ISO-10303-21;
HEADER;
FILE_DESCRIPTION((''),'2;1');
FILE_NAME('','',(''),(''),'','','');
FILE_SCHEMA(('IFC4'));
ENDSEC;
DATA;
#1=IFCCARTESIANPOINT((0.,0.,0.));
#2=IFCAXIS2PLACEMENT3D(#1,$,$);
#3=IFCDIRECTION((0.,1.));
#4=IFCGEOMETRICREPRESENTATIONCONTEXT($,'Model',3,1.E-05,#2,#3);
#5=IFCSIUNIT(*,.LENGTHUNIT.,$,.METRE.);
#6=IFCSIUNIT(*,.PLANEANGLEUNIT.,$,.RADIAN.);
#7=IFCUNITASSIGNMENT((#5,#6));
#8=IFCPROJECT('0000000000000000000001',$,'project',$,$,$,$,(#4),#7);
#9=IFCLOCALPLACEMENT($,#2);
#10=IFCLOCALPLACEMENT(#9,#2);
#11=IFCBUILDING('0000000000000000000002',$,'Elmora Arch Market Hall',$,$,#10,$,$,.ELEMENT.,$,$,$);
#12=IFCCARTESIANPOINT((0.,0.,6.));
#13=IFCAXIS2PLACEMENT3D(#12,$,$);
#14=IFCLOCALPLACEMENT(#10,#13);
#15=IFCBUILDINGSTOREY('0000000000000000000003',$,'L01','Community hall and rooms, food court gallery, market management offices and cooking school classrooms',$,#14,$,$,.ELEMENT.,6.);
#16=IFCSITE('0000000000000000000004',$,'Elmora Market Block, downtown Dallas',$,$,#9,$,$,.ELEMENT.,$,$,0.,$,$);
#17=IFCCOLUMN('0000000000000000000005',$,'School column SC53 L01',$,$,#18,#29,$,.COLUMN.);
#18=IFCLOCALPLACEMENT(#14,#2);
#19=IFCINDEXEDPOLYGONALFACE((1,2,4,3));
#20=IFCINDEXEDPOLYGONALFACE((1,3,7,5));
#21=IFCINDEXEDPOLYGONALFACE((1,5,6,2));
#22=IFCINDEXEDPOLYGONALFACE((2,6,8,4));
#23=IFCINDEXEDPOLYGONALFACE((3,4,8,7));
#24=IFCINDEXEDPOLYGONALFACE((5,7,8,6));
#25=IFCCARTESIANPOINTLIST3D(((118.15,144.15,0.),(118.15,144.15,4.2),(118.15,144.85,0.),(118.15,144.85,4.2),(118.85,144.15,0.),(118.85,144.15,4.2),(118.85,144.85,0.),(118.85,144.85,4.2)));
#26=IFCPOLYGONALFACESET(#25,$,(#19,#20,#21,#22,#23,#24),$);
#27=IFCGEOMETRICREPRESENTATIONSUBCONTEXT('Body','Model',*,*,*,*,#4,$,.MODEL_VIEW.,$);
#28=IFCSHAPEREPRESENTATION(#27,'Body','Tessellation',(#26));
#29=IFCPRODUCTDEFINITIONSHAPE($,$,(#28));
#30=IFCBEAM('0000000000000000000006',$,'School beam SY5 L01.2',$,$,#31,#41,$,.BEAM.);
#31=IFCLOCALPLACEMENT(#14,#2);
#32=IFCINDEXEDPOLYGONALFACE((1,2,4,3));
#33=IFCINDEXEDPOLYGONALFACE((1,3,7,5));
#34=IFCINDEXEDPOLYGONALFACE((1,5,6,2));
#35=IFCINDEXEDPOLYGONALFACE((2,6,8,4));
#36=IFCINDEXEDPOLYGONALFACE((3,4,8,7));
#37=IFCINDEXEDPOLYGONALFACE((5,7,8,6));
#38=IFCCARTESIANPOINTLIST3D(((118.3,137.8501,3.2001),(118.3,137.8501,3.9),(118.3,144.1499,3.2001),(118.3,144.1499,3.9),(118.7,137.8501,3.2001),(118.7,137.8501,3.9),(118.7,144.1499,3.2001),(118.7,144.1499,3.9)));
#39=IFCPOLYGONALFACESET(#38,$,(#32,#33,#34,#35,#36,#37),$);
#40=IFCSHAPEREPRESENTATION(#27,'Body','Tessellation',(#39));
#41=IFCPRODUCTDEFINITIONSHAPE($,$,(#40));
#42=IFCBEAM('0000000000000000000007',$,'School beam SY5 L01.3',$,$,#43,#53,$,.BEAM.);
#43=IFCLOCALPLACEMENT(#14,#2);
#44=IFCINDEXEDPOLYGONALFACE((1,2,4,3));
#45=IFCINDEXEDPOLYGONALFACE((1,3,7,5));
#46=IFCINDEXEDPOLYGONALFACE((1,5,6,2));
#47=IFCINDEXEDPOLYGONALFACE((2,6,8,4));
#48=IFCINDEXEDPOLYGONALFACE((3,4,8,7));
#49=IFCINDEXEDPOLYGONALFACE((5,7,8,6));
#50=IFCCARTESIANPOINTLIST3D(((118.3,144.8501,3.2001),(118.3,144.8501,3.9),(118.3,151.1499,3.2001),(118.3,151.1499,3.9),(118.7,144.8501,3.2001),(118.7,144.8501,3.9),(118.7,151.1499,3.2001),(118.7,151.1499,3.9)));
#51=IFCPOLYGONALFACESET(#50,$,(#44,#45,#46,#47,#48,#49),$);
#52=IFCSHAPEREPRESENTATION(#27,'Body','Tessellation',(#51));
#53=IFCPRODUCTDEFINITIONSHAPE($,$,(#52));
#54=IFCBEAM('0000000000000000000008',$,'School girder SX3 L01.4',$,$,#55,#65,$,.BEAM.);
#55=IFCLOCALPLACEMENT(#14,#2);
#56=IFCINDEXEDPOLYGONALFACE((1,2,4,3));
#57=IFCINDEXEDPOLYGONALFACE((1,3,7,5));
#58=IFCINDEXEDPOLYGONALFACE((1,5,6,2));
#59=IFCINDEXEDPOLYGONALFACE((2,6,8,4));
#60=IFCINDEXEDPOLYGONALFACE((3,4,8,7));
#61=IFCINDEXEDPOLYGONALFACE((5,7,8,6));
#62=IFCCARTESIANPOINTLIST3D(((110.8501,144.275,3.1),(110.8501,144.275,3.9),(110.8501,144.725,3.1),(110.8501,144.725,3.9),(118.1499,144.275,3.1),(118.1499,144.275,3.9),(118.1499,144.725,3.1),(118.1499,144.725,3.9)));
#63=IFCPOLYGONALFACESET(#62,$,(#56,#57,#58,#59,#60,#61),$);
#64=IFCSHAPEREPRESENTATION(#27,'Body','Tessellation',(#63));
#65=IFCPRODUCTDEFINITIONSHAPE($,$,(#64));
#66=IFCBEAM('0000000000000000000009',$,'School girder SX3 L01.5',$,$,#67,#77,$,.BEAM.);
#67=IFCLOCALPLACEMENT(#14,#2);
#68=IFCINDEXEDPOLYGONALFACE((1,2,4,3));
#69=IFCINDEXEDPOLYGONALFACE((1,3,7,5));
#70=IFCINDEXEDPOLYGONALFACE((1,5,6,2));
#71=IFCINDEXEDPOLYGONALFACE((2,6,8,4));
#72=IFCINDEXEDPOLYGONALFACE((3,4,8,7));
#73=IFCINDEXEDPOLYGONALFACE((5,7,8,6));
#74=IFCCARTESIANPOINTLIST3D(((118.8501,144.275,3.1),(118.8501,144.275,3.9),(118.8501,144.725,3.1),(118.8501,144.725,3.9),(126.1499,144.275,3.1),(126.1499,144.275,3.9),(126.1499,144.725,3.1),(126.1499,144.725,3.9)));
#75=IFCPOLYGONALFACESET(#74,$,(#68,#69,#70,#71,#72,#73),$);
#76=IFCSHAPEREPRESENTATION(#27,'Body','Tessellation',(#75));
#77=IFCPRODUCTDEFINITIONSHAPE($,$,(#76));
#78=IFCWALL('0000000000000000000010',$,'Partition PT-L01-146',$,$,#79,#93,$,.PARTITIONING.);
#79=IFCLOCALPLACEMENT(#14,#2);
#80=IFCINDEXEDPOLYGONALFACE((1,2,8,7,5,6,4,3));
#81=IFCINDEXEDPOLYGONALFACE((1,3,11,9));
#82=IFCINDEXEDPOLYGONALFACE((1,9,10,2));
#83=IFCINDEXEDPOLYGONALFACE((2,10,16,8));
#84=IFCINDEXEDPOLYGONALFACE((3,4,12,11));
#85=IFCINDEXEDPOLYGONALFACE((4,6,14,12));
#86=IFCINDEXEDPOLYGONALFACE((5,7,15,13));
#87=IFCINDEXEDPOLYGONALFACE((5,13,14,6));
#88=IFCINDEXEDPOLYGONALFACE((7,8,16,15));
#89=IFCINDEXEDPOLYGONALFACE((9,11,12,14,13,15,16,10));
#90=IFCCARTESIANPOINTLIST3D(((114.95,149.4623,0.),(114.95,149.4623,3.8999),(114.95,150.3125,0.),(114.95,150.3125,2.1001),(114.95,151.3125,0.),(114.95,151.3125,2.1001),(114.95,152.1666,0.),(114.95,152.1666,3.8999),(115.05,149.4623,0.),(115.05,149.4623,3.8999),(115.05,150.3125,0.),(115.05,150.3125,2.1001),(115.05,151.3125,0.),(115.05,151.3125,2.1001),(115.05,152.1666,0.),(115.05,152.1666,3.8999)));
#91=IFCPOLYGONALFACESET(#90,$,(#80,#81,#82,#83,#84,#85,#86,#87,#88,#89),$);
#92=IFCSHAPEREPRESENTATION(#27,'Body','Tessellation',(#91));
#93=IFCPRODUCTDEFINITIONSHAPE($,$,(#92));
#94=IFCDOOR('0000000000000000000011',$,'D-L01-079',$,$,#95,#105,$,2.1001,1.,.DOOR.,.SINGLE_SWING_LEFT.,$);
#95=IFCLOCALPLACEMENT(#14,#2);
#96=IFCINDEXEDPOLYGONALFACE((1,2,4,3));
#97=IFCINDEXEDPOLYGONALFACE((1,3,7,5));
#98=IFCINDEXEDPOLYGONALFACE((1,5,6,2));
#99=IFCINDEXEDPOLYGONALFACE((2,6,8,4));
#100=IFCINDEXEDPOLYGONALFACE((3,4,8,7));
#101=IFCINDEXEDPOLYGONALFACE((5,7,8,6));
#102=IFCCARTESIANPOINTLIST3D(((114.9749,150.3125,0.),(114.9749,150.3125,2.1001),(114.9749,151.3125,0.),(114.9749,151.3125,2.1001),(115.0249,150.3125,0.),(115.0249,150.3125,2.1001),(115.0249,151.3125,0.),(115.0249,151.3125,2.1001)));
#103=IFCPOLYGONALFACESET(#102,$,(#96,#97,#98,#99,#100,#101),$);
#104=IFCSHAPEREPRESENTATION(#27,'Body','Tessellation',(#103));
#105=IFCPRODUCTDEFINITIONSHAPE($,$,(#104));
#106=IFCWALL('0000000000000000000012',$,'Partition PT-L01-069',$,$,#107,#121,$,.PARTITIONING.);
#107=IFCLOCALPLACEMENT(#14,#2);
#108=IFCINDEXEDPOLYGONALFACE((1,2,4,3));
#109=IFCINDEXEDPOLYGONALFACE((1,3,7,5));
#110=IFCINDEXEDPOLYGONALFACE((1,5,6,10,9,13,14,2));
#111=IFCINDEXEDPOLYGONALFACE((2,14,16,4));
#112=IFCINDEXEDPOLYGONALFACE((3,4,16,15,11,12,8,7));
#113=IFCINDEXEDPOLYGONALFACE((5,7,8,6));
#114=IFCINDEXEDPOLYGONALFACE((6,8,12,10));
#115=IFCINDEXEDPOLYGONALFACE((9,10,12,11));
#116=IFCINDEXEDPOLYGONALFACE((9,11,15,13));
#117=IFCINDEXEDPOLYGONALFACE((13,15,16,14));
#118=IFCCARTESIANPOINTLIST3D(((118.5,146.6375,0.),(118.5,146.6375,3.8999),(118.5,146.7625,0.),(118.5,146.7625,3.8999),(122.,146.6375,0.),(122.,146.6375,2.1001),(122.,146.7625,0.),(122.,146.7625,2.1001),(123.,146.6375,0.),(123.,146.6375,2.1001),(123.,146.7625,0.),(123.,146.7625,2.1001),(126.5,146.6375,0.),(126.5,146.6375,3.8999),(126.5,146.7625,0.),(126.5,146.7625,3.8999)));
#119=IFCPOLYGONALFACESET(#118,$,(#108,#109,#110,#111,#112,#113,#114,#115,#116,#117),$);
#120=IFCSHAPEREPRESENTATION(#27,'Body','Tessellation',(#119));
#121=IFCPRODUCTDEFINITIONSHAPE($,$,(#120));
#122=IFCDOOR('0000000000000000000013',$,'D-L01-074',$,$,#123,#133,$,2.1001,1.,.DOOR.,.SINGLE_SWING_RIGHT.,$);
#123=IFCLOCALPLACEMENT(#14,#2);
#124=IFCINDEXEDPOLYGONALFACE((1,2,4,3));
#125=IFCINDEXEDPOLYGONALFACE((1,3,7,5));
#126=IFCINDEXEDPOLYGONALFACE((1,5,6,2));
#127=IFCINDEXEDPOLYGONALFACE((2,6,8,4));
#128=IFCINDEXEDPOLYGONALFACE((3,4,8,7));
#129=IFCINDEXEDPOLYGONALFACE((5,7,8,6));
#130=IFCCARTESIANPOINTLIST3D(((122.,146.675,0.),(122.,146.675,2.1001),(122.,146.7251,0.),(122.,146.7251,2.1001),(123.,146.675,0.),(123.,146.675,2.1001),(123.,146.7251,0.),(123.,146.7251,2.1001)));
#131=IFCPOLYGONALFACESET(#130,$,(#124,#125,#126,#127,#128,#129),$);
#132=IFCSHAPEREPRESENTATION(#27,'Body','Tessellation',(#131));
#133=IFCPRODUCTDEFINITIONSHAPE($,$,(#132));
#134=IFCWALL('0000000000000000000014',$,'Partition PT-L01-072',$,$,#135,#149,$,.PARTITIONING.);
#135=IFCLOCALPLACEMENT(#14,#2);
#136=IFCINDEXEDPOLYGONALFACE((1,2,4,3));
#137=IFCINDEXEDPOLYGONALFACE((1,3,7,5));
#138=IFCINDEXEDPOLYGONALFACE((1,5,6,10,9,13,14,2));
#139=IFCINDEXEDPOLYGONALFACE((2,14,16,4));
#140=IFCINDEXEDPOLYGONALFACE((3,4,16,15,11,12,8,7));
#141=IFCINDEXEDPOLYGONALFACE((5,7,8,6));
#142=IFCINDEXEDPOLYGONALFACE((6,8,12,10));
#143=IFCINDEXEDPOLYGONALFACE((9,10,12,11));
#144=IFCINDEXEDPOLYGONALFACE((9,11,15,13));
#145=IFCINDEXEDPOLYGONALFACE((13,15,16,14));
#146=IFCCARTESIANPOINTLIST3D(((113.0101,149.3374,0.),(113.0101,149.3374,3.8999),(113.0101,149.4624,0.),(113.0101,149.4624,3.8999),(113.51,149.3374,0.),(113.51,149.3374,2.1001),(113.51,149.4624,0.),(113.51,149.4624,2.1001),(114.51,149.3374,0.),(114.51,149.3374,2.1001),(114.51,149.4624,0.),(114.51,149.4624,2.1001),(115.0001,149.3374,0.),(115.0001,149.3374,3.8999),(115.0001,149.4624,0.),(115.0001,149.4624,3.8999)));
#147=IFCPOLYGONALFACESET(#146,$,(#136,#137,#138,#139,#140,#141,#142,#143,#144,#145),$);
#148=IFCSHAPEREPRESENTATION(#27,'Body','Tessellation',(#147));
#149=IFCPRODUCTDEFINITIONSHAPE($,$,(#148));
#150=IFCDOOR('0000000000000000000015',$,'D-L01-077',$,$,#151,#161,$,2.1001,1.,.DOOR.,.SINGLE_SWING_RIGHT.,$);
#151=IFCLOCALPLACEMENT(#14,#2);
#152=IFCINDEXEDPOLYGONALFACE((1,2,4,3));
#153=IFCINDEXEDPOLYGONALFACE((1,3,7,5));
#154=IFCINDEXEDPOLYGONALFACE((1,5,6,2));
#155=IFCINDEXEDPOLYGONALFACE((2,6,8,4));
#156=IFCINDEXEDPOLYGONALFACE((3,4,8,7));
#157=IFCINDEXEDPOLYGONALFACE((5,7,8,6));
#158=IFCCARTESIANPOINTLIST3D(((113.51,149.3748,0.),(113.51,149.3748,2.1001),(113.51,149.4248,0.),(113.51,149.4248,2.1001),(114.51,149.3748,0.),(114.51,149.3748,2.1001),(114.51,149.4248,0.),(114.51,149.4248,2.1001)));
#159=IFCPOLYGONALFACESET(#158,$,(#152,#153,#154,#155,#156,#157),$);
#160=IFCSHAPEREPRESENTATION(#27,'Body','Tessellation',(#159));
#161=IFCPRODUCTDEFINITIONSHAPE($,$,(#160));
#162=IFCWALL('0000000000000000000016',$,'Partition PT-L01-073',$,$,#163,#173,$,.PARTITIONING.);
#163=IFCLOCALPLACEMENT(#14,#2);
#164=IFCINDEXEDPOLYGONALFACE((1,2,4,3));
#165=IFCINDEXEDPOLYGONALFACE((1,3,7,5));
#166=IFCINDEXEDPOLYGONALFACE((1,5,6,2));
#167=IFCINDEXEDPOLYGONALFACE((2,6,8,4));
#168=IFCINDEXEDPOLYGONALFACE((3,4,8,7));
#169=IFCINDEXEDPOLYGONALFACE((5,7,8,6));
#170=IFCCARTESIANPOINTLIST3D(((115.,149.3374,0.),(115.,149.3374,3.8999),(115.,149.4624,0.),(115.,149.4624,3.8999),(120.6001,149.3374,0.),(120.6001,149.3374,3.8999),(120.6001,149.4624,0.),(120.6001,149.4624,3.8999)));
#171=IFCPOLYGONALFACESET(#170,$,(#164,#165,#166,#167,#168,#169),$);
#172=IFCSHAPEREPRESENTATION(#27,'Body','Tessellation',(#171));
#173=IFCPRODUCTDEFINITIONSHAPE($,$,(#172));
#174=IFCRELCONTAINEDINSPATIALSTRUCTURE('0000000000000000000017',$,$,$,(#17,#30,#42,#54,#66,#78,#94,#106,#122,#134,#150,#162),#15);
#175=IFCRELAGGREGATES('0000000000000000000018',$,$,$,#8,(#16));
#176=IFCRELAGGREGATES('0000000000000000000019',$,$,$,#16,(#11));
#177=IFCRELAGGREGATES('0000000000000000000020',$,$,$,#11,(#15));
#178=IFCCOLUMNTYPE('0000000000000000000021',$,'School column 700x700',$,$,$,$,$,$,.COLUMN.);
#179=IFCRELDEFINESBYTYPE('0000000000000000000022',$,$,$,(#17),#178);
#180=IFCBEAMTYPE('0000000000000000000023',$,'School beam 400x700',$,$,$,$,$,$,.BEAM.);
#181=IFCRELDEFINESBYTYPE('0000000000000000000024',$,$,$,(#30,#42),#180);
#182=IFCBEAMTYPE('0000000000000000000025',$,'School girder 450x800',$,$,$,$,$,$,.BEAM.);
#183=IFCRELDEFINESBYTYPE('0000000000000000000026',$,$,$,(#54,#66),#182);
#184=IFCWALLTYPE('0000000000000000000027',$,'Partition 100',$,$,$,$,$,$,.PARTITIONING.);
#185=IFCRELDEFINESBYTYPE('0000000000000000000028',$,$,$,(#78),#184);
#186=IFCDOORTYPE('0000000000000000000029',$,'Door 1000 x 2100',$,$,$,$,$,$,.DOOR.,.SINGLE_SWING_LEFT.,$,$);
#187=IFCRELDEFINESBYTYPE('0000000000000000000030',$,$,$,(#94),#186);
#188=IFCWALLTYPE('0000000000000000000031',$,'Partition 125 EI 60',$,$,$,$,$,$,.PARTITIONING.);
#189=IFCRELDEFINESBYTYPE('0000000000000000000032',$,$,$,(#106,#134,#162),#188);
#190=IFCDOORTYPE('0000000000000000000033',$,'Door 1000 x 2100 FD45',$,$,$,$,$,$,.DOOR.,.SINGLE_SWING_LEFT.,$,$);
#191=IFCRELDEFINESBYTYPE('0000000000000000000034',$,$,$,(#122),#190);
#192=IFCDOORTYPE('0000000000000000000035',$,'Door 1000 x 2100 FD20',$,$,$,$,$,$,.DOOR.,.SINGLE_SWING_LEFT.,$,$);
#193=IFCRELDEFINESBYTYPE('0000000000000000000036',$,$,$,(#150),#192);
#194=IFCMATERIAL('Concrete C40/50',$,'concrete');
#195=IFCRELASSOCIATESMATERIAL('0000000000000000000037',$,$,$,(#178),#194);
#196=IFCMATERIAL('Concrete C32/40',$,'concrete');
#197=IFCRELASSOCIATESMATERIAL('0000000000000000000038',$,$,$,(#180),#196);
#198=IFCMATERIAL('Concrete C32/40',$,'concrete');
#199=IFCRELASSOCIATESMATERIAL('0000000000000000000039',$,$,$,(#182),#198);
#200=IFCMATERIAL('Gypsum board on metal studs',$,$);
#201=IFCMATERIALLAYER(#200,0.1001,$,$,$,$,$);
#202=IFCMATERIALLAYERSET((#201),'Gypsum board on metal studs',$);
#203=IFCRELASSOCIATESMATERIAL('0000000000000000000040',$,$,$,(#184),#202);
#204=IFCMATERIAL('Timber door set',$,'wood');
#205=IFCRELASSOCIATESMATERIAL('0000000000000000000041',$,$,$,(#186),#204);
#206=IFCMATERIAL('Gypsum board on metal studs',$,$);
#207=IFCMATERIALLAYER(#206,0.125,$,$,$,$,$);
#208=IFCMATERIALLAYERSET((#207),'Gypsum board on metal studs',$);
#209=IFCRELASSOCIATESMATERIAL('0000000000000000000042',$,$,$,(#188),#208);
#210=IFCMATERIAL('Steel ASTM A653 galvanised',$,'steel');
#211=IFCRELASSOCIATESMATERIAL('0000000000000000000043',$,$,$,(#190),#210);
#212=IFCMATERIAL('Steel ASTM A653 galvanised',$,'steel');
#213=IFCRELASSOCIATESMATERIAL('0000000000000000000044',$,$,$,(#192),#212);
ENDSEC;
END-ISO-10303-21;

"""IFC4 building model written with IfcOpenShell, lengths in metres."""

from ifc_helpers import new_model, si_unit, direction, frame, frame_2d, origin, origin_2d, place, context, subcontext, project, spatial, rectangle, extrude, material, layer, layer_set, material_profile, profile_set, type_object, element, fill, save


model = new_model("IFC4")

# Units and contexts
model_context = context("Model", 3, precision=1e-05, world=origin(), true_north=direction((0.0, 1.0)))
body_context = subcontext(model_context, "Body", "Model", "MODEL_VIEW")
ifc_project = project(units=[si_unit("LENGTHUNIT", "METRE"), si_unit("PLANEANGLEUNIT", "RADIAN")], contexts=[model_context])

# Site, building, storey
site_placement = place(None, origin())
site = spatial("IfcSite", under=ifc_project, at=site_placement, Name="Elmora Market Block, downtown Dallas", CompositionType="ELEMENT", RefElevation=0.0)
building_placement = place(site_placement, origin())
building = spatial("IfcBuilding", under=site, at=building_placement, Name="Elmora Arch Market Hall", CompositionType="ELEMENT")
storey_placement = place(building_placement, frame((0.0, 0.0, 6.0)))
storey = spatial("IfcBuildingStorey", under=building, at=storey_placement, Name="L01", Description="Community hall and rooms, food court gallery, market management offices and cooking school classrooms", CompositionType="ELEMENT", Elevation=6.0)

# Column
ifc_material_1 = material(Name="Concrete C40/50", Category="concrete")
ifc_material_profile_1 = material_profile(ifc_material_1, rectangle(XDim=0.7, YDim=0.7, at=origin_2d()), Name="School column 700x700")
ifc_profile_set_1 = profile_set([ifc_material_profile_1], Name="Concrete C40/50")
column_type = type_object("IfcColumnType", Name="School column 700x700", PredefinedType="COLUMN", material=ifc_profile_set_1)
column_placement = place(storey_placement, frame((118.5, 144.5, 0.0), z_axis=(0.0, 0.0, 1.0), x_axis=(1.0, 0.0, 0.0)))
element("IfcColumn", 1, at=column_placement, inside=storey, type_object=column_type, Name="School column SC53 L01", PredefinedType="COLUMN", context=body_context, shape_type="SweptSolid", body=[
    extrude(rectangle(XDim=0.7, YDim=0.7, at=origin_2d()), origin(), (0.0, 0.0, 1.0), 4.2),
])

# Beams
ifc_material_2 = material(Name="Concrete C32/40", Category="concrete")
ifc_material_profile_2 = material_profile(ifc_material_2, rectangle(XDim=0.3999, YDim=0.7, at=origin_2d()), Name="School beam 400x700")
ifc_profile_set_2 = profile_set([ifc_material_profile_2], Name="Concrete C32/40")
beam_type_1 = type_object("IfcBeamType", Name="School beam 400x700", PredefinedType="BEAM", material=ifc_profile_set_2)
for number, where, z_axis, x_axis, name in (
    (2, (118.5, 137.8501, 3.55), (0.0, 1.0, 0.0), (-1.0, 0.0, 0.0), "School beam SY5 L01.2"),
    (3, (118.5, 144.8501, 3.55), (0.0, 1.0, 0.0), (-1.0, 0.0, 0.0), "School beam SY5 L01.3"),
):
    element("IfcBeam", number, at=place(storey_placement, frame(where, z_axis=z_axis, x_axis=x_axis)), inside=storey, type_object=beam_type_1, Name=name, PredefinedType="BEAM", context=body_context, shape_type="SweptSolid", body=[
        extrude(rectangle(XDim=0.3999, YDim=0.7, at=origin_2d()), origin(), (0.0, 0.0, 1.0), 6.2998),
    ])
ifc_material_3 = material(Name="Concrete C32/40", Category="concrete")
ifc_material_profile_3 = material_profile(ifc_material_3, rectangle(XDim=0.45, YDim=0.8, at=origin_2d()), Name="School girder 450x800")
ifc_profile_set_3 = profile_set([ifc_material_profile_3], Name="Concrete C32/40")
beam_type_2 = type_object("IfcBeamType", Name="School girder 450x800", PredefinedType="BEAM", material=ifc_profile_set_3)
for number, where, z_axis, x_axis, name in (
    (4, (110.8501, 144.5, 3.5), (1.0, 0.0, 0.0), (0.0, 1.0, 0.0), "School girder SX3 L01.4"),
    (5, (118.8501, 144.5, 3.5), (1.0, 0.0, 0.0), (0.0, 1.0, 0.0), "School girder SX3 L01.5"),
):
    element("IfcBeam", number, at=place(storey_placement, frame(where, z_axis=z_axis, x_axis=x_axis)), inside=storey, type_object=beam_type_2, Name=name, PredefinedType="BEAM", context=body_context, shape_type="SweptSolid", body=[
        extrude(rectangle(XDim=0.45, YDim=0.8, at=origin_2d()), origin(), (0.0, 0.0, 1.0), 7.2998),
    ])

# Walls, openings, doors
ifc_material_4 = material(Name="Gypsum board on metal studs")
ifc_layer_1 = layer(ifc_material_4, 0.1001)
ifc_layer_set_1 = layer_set([ifc_layer_1], Name="Gypsum board on metal studs")
wall_type_1 = type_object("IfcWallType", Name="Partition 100", PredefinedType="PARTITIONING", material=ifc_layer_set_1)
wall_1_placement = place(storey_placement, frame((115.0, 149.4624, 0.0), z_axis=(0.0, 0.0, 1.0), x_axis=(0.0, 1.0, 0.0)))
wall_1 = element("IfcWall", 6, at=wall_1_placement, inside=storey, type_object=wall_type_1, Name="Partition PT-L01-146", PredefinedType="PARTITIONING", context=body_context, shape_type="SweptSolid", body=[
    extrude(rectangle(XDim=2.7043, YDim=0.1001, at=frame_2d((1.3521, 0.0))), origin(), (0.0, 0.0, 1.0), 3.8999),
])
opening_1_placement = place(wall_1_placement, frame((0.8501, 0.0, 0.0)))
opening_1 = element("IfcOpeningElement", 7, at=opening_1_placement, cuts=wall_1, PredefinedType="OPENING", context=body_context, shape_type="SweptSolid", body=[
    extrude(rectangle(XDim=1.0, YDim=2.1001, at=frame_2d((0.5, 1.05))), frame((0.0, 0.0601, 0.0), z_axis=(0.0, -1.0, 0.0), x_axis=(1.0, 0.0, 0.0)), (0.0, 0.0, 1.0), 0.1201),
])
ifc_material_5 = material(Name="Timber door set", Category="wood")
door_type_1 = type_object("IfcDoorType", Name="Door 1000 x 2100", OperationType="SINGLE_SWING_LEFT", PredefinedType="DOOR", material=ifc_material_5)
door_1_placement = place(opening_1_placement, frame((1.0, 0.0, 0.0), z_axis=(0.0, 0.0, 1.0), x_axis=(-1.0, 0.0, 0.0)))
door_1 = element("IfcDoor", 8, at=door_1_placement, inside=storey, type_object=door_type_1, Name="D-L01-079", OperationType="SINGLE_SWING_LEFT", OverallHeight=2.1001, OverallWidth=1.0, PredefinedType="DOOR", context=body_context, shape_type="SweptSolid", body=[
    extrude(rectangle(XDim=1.0, YDim=2.1001, at=frame_2d((0.5, 1.05))), frame((0.0, 0.0249, 0.0), z_axis=(0.0, -1.0, 0.0), x_axis=(1.0, 0.0, 0.0)), (0.0, 0.0, 1.0), 0.05),
])
fill(opening_1, door_1)
ifc_material_6 = material(Name="Gypsum board on metal studs")
ifc_layer_2 = layer(ifc_material_6, 0.125)
ifc_layer_set_2 = layer_set([ifc_layer_2], Name="Gypsum board on metal studs")
wall_type_2 = type_object("IfcWallType", Name="Partition 125 EI 60", PredefinedType="PARTITIONING", material=ifc_layer_set_2)
wall_2_placement = place(storey_placement, frame((118.5, 146.7, 0.0), z_axis=(0.0, 0.0, 1.0), x_axis=(1.0, 0.0, 0.0)))
wall_2 = element("IfcWall", 9, at=wall_2_placement, inside=storey, type_object=wall_type_2, Name="Partition PT-L01-069", PredefinedType="PARTITIONING", context=body_context, shape_type="SweptSolid", body=[
    extrude(rectangle(XDim=8.0, YDim=0.125, at=frame_2d((4.0, 0.0))), origin(), (0.0, 0.0, 1.0), 3.8999),
])
opening_2_placement = place(wall_2_placement, frame((3.5, 0.0, 0.0)))
opening_2 = element("IfcOpeningElement", 10, at=opening_2_placement, cuts=wall_2, PredefinedType="OPENING", context=body_context, shape_type="SweptSolid", body=[
    extrude(rectangle(XDim=1.0, YDim=2.1001, at=frame_2d((0.5, 1.05))), frame((0.0, 0.0725, 0.0), z_axis=(0.0, -1.0, 0.0), x_axis=(1.0, 0.0, 0.0)), (0.0, 0.0, 1.0), 0.145),
])
ifc_material_7 = material(Name="Steel ASTM A653 galvanised", Category="steel")
door_type_2 = type_object("IfcDoorType", Name="Door 1000 x 2100 FD45", OperationType="SINGLE_SWING_LEFT", PredefinedType="DOOR", material=ifc_material_7)
door_2_placement = place(opening_2_placement, frame((1.0, 0.0, 0.0), z_axis=(0.0, 0.0, 1.0), x_axis=(-1.0, 0.0, 0.0)))
door_2 = element("IfcDoor", 11, at=door_2_placement, inside=storey, type_object=door_type_2, Name="D-L01-074", OperationType="SINGLE_SWING_RIGHT", OverallHeight=2.1001, OverallWidth=1.0, PredefinedType="DOOR", context=body_context, shape_type="SweptSolid", body=[
    extrude(rectangle(XDim=1.0, YDim=2.1001, at=frame_2d((0.5, 1.05))), frame((0.0, 0.0249, 0.0), z_axis=(0.0, -1.0, 0.0), x_axis=(1.0, 0.0, 0.0)), (0.0, 0.0, 1.0), 0.05),
])
fill(opening_2, door_2)
wall_3_placement = place(storey_placement, frame((113.01, 149.3999, 0.0), z_axis=(0.0, 0.0, 1.0), x_axis=(1.0, 0.0, 0.0)))
wall_3 = element("IfcWall", 12, at=wall_3_placement, inside=storey, type_object=wall_type_2, Name="Partition PT-L01-072", PredefinedType="PARTITIONING", context=body_context, shape_type="SweptSolid", body=[
    extrude(rectangle(XDim=1.99, YDim=0.125, at=frame_2d((0.9951, 0.0))), origin(), (0.0, 0.0, 1.0), 3.8999),
])
opening_3_placement = place(wall_3_placement, frame((0.5, 0.0, 0.0)))
opening_3 = element("IfcOpeningElement", 13, at=opening_3_placement, cuts=wall_3, PredefinedType="OPENING", context=body_context, shape_type="SweptSolid", body=[
    extrude(rectangle(XDim=1.0, YDim=2.1001, at=frame_2d((0.5, 1.05))), frame((0.0, 0.0725, 0.0), z_axis=(0.0, -1.0, 0.0), x_axis=(1.0, 0.0, 0.0)), (0.0, 0.0, 1.0), 0.145),
])
ifc_material_8 = material(Name="Steel ASTM A653 galvanised", Category="steel")
door_type_3 = type_object("IfcDoorType", Name="Door 1000 x 2100 FD20", OperationType="SINGLE_SWING_LEFT", PredefinedType="DOOR", material=ifc_material_8)
door_3_placement = place(opening_3_placement, origin())
door_3 = element("IfcDoor", 14, at=door_3_placement, inside=storey, type_object=door_type_3, Name="D-L01-077", OperationType="SINGLE_SWING_RIGHT", OverallHeight=2.1001, OverallWidth=1.0, PredefinedType="DOOR", context=body_context, shape_type="SweptSolid", body=[
    extrude(rectangle(XDim=1.0, YDim=2.1001, at=frame_2d((0.5, 1.05))), frame((0.0, 0.0249, 0.0), z_axis=(0.0, -1.0, 0.0), x_axis=(1.0, 0.0, 0.0)), (0.0, 0.0, 1.0), 0.05),
])
fill(opening_3, door_3)

# Wall
wall_4_placement = place(storey_placement, frame((115.0, 149.3999, 0.0), z_axis=(0.0, 0.0, 1.0), x_axis=(1.0, 0.0, 0.0)))
element("IfcWall", 15, at=wall_4_placement, inside=storey, type_object=wall_type_2, Name="Partition PT-L01-073", PredefinedType="PARTITIONING", context=body_context, shape_type="SweptSolid", body=[
    extrude(rectangle(XDim=5.6001, YDim=0.125, at=frame_2d((2.8, 0.0))), origin(), (0.0, 0.0, 1.0), 3.8999),
])

save(model, "model.ifc")
